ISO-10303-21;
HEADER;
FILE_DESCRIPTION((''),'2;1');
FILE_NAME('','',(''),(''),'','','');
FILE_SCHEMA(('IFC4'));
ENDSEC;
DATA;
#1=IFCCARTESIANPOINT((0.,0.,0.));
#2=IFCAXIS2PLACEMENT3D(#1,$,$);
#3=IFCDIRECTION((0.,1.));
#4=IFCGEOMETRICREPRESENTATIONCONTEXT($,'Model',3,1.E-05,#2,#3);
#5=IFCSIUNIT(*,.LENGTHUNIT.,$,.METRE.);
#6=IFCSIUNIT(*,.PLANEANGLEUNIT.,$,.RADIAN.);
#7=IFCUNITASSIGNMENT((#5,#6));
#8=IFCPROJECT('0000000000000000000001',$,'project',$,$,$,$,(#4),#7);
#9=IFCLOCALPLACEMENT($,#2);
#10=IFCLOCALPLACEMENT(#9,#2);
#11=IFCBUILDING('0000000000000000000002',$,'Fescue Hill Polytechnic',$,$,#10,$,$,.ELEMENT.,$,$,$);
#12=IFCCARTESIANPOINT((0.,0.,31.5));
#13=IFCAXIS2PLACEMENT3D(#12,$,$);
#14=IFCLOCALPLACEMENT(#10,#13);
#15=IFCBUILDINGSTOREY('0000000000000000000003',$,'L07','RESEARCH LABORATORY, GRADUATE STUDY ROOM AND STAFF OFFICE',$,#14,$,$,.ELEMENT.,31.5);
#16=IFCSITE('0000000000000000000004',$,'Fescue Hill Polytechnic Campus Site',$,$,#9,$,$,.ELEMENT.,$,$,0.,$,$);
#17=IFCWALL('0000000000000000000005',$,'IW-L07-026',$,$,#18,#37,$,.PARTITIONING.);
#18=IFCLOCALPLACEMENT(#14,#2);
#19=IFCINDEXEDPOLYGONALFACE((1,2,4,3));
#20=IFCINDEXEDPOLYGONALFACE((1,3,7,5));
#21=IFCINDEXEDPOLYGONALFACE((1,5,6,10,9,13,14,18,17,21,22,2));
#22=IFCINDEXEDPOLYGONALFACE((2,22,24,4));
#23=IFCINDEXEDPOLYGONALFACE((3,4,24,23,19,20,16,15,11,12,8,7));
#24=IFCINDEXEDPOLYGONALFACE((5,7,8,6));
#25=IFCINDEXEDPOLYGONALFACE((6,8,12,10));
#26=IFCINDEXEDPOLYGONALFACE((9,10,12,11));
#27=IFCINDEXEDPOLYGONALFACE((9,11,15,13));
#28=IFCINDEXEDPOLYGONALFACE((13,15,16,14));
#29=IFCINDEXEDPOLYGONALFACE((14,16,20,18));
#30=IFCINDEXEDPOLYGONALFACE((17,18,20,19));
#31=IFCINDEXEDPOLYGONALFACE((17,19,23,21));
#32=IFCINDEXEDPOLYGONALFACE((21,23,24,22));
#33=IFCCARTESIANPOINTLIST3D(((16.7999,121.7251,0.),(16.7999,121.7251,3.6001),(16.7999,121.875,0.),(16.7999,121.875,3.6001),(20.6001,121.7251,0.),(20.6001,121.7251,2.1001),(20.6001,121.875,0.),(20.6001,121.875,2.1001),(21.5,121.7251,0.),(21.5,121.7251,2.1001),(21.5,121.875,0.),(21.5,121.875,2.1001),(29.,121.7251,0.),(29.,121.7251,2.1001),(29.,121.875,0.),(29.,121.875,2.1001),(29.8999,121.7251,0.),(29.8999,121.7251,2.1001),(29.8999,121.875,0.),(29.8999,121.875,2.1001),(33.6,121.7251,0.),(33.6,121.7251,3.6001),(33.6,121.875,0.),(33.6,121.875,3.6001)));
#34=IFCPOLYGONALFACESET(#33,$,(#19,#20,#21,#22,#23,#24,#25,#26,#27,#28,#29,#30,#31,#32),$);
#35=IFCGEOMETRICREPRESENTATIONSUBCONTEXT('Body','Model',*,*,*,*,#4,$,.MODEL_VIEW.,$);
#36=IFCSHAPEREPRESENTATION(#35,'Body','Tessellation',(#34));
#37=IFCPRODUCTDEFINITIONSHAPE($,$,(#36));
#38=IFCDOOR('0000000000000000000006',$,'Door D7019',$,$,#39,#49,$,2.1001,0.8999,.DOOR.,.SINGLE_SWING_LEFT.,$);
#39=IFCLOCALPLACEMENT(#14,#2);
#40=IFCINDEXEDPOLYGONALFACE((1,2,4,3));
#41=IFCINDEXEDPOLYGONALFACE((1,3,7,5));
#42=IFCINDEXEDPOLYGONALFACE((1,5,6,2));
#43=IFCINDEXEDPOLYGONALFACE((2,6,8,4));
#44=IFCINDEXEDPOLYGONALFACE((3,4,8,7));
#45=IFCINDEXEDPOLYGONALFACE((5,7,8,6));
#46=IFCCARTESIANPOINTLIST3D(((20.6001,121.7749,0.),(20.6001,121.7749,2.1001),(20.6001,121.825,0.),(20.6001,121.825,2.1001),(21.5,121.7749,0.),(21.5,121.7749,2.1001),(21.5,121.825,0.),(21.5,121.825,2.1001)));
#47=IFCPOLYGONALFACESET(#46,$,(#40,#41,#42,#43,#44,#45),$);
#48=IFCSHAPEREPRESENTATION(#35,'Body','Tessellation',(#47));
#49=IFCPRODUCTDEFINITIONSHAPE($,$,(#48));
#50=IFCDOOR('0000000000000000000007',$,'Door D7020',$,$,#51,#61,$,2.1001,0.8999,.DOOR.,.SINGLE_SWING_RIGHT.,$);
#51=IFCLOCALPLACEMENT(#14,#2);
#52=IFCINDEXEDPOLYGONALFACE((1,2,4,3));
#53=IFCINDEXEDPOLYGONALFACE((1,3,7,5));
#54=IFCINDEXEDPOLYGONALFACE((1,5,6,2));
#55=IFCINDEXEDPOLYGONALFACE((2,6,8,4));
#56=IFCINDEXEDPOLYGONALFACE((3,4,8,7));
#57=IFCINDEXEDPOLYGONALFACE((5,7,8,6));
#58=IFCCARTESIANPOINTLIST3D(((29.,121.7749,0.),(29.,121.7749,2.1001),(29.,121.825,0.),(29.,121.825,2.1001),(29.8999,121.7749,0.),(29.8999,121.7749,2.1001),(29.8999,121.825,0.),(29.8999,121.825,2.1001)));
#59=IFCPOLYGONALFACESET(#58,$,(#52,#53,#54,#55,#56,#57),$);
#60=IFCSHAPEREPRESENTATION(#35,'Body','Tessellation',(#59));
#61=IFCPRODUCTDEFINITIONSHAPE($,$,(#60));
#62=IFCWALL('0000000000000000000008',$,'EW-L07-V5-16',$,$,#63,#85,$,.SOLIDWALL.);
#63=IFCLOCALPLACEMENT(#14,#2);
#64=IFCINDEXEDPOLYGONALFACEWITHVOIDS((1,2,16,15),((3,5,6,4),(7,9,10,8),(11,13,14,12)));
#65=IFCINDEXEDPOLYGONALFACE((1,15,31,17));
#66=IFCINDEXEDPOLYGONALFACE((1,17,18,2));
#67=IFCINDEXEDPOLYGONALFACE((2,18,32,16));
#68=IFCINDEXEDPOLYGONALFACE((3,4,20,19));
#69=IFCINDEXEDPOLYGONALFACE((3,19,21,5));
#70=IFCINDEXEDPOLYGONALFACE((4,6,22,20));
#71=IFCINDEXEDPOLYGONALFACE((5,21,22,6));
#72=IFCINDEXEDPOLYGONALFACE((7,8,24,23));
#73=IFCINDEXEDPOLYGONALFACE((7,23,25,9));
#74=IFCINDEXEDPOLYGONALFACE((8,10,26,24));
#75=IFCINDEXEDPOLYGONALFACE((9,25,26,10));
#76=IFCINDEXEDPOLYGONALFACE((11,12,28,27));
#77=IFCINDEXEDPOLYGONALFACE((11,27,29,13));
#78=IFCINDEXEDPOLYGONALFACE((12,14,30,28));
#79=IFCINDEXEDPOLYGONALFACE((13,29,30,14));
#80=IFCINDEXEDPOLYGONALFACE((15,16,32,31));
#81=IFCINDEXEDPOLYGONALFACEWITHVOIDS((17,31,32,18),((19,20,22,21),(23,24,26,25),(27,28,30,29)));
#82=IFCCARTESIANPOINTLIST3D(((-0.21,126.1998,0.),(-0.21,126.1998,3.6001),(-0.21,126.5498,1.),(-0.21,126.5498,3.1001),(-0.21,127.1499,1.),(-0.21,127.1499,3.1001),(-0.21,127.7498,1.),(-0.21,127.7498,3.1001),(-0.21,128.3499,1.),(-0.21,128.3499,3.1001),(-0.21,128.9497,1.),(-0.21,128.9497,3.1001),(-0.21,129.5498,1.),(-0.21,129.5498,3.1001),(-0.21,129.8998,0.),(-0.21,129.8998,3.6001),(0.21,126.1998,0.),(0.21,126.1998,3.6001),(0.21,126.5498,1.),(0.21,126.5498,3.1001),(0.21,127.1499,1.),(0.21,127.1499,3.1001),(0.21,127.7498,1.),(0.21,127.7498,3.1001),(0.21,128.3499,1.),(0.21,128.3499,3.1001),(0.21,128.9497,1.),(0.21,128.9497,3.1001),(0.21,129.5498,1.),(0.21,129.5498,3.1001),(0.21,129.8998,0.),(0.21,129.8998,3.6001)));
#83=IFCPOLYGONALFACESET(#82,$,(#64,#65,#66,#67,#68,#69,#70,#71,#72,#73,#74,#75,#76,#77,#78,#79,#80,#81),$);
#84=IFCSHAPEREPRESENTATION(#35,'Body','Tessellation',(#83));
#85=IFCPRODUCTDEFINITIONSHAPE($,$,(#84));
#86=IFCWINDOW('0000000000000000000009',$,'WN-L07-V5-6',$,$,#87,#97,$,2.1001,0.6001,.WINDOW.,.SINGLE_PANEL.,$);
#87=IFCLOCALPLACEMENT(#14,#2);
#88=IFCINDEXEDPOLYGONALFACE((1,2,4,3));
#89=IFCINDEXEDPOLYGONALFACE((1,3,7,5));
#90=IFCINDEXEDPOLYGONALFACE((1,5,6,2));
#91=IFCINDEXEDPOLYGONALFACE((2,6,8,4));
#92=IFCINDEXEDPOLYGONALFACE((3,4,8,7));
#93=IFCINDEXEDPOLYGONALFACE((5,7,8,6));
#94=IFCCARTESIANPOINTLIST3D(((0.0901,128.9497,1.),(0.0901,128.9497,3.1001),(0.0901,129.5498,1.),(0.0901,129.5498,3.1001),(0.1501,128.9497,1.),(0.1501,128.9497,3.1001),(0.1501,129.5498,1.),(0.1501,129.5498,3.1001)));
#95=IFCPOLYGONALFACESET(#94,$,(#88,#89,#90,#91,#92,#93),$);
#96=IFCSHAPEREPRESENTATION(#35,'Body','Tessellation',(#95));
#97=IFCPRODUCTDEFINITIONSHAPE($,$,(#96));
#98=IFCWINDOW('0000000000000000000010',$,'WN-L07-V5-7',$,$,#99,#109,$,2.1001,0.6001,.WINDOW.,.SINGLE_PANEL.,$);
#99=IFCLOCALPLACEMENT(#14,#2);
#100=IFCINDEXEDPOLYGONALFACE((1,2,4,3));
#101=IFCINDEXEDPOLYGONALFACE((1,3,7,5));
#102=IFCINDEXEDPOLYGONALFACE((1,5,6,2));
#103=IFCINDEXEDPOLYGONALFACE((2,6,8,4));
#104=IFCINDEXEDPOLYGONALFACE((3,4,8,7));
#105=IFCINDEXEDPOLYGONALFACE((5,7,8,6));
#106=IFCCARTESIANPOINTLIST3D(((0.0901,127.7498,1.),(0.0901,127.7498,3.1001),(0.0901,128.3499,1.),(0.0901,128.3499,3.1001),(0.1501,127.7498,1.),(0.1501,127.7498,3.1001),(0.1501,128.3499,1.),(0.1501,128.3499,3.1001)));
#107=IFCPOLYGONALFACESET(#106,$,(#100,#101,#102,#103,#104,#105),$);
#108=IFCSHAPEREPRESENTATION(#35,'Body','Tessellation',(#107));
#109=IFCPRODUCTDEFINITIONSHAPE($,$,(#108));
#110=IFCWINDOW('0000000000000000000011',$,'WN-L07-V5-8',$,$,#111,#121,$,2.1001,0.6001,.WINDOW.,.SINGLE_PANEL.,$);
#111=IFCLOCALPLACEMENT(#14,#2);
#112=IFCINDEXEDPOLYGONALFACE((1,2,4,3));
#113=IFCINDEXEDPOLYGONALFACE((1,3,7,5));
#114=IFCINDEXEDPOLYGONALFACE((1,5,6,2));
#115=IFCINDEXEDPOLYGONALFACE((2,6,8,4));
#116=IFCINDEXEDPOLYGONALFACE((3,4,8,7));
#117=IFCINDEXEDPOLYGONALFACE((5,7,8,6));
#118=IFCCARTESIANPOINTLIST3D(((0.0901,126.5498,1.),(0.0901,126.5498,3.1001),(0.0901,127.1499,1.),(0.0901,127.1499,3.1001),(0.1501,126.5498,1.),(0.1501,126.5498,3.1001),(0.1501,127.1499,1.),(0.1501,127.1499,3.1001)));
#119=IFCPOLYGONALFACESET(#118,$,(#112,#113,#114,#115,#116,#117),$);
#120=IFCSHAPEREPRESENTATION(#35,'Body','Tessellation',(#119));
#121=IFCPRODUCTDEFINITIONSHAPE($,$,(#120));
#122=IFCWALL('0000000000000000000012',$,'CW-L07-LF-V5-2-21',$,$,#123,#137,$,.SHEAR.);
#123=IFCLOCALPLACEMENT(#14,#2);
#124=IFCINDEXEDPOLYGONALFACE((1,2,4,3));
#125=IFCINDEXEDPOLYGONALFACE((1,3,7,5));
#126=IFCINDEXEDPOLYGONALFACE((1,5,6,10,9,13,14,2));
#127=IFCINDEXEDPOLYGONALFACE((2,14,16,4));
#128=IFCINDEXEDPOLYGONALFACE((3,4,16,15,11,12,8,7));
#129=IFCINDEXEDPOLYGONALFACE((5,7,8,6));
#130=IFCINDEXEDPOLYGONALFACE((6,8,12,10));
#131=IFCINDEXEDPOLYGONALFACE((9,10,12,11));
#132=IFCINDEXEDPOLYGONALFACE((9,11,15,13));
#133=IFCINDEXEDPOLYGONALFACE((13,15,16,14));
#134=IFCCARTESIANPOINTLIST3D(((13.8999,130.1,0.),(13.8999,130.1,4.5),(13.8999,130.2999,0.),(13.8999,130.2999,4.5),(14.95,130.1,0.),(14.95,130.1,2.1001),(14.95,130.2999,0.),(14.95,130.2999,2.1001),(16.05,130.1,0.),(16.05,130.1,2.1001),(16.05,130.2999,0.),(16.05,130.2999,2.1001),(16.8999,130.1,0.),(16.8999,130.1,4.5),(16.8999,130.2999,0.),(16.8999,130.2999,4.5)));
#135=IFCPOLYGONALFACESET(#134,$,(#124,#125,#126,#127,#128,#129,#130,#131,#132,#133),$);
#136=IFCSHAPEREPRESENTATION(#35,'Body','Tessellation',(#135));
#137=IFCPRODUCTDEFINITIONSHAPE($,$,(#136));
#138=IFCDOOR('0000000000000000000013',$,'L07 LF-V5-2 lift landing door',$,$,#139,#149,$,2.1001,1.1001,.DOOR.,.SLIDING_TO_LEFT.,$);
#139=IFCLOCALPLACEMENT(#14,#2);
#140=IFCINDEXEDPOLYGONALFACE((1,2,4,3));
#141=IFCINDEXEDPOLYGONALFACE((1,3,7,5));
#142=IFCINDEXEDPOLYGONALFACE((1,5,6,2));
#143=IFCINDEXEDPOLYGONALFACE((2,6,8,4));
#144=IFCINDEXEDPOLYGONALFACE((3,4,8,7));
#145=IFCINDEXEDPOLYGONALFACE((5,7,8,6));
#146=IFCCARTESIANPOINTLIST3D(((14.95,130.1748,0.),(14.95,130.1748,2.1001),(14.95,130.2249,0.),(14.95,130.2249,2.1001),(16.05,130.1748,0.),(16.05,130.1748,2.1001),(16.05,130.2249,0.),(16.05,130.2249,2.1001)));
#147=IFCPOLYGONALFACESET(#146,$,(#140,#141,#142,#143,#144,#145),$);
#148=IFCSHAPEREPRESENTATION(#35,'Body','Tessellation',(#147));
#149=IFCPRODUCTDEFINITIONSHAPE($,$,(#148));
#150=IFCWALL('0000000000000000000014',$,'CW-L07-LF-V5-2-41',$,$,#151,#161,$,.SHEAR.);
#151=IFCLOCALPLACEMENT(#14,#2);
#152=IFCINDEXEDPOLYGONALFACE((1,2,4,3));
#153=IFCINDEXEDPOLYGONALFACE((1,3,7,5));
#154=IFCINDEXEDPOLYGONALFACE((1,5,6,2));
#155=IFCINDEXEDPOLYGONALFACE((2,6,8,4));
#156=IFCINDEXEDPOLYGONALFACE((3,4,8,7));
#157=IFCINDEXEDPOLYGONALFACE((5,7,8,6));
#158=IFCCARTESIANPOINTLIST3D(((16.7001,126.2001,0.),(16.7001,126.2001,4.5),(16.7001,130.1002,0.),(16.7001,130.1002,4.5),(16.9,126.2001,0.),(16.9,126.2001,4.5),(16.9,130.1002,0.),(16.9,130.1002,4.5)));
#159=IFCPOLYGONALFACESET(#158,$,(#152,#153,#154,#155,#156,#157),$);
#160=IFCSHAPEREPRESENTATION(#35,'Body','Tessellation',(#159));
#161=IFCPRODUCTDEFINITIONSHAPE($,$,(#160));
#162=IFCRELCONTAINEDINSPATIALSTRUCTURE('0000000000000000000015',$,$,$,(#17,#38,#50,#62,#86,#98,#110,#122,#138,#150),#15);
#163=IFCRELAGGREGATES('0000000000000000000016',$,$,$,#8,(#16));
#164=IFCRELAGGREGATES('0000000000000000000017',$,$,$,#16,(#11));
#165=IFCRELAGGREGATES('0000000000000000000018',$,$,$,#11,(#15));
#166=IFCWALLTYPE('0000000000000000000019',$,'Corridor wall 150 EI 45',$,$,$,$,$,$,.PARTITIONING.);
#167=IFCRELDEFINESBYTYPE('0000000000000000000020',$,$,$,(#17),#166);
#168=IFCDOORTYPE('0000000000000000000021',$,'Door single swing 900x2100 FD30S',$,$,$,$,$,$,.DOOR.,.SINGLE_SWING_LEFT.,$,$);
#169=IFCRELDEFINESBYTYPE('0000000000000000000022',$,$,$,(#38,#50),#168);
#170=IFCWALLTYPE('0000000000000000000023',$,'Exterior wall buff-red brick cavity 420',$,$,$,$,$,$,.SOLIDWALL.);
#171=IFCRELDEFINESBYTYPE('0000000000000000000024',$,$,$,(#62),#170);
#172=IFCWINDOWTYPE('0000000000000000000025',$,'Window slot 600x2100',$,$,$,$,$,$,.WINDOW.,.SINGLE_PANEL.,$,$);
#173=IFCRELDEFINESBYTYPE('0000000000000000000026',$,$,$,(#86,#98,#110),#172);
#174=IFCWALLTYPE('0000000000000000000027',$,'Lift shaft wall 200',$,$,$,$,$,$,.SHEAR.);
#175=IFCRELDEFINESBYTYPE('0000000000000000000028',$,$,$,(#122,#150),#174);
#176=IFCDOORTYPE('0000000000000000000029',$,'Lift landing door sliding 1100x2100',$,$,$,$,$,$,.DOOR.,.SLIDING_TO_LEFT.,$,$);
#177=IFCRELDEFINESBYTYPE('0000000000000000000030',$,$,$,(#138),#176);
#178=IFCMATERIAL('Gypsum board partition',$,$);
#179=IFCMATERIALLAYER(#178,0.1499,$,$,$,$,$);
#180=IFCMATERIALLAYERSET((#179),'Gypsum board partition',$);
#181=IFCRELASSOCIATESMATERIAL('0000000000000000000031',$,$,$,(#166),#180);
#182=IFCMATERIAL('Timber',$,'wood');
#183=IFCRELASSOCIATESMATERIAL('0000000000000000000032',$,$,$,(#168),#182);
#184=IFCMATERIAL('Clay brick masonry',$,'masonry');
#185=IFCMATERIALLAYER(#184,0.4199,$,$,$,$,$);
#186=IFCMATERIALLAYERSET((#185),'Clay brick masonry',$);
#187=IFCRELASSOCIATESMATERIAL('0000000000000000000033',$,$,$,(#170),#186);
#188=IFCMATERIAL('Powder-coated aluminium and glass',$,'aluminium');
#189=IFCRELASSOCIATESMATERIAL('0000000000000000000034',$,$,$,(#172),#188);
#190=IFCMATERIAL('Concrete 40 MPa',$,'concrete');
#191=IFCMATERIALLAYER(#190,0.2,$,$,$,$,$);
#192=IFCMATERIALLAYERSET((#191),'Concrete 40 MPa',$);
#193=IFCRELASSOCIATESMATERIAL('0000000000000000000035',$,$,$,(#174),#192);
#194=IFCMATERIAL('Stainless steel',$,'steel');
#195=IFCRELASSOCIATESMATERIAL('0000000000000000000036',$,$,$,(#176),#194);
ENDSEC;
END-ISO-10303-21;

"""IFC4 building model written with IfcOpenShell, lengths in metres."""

from ifc_helpers import new_model, si_unit, direction, frame, frame_2d, origin, place, context, subcontext, project, spatial, rectangle, extrude, material, layer, layer_set, type_object, element, fill, save


model = new_model("IFC4")

# Units and contexts
model_context = context("Model", 3, precision=1e-05, world=origin(), true_north=direction((0.0, 1.0)))
body_context = subcontext(model_context, "Body", "Model", "MODEL_VIEW")
ifc_project = project(units=[si_unit("LENGTHUNIT", "METRE"), si_unit("PLANEANGLEUNIT", "RADIAN")], contexts=[model_context])

# Site, building, storey
site_placement = place(None, origin())
site = spatial("IfcSite", under=ifc_project, at=site_placement, Name="Fescue Hill Polytechnic Campus Site", CompositionType="ELEMENT", RefElevation=0.0)
building_placement = place(site_placement, origin())
building = spatial("IfcBuilding", under=site, at=building_placement, Name="Fescue Hill Polytechnic", CompositionType="ELEMENT")
storey_placement = place(building_placement, frame((0.0, 0.0, 31.5)))
storey = spatial("IfcBuildingStorey", under=building, at=storey_placement, Name="L07", Description="RESEARCH LABORATORY, GRADUATE STUDY ROOM AND STAFF OFFICE", CompositionType="ELEMENT", Elevation=31.5)

# Shared definitions
ifc_material_1 = material(Name="Concrete 40 MPa", Category="concrete")

# Shared definitions
ifc_material_2 = material(Name="Gypsum board partition")
ifc_layer_1 = layer(ifc_material_2, 0.1499)
ifc_layer_set_1 = layer_set([ifc_layer_1], Name="Gypsum board partition")
wall_type_1 = type_object("IfcWallType", Name="Corridor wall 150 EI 45", PredefinedType="PARTITIONING", material=ifc_layer_set_1)

# Wall, openings, doors
wall_1_placement = place(storey_placement, frame((16.8, 121.8, 0.0), z_axis=(0.0, 0.0, 1.0), x_axis=(1.0, 0.0, 0.0)))
wall_1 = element("IfcWall", 1, at=wall_1_placement, inside=storey, type_object=wall_type_1, Name="IW-L07-026", PredefinedType="PARTITIONING", context=body_context, shape_type="SweptSolid", body=[
    extrude(rectangle(XDim=16.8, YDim=0.1499, at=frame_2d((8.3999, 0.0))), origin(), (0.0, 0.0, 1.0), 3.6001),
])
opening_1_placement = place(wall_1_placement, frame((3.8, 0.0, 0.0)))
opening_1 = element("IfcOpeningElement", 2, at=opening_1_placement, cuts=wall_1, PredefinedType="OPENING", context=body_context, shape_type="SweptSolid", body=[
    extrude(rectangle(XDim=0.8999, YDim=2.1001, at=frame_2d((0.45, 1.05))), frame((0.0, 0.085, 0.0), z_axis=(0.0, -1.0, 0.0), x_axis=(1.0, 0.0, 0.0)), (0.0, 0.0, 1.0), 0.1699),
])
opening_2_placement = place(wall_1_placement, frame((12.2, 0.0, 0.0)))
opening_2 = element("IfcOpeningElement", 3, at=opening_2_placement, cuts=wall_1, PredefinedType="OPENING", context=body_context, shape_type="SweptSolid", body=[
    extrude(rectangle(XDim=0.8999, YDim=2.1001, at=frame_2d((0.45, 1.05))), frame((0.0, 0.085, 0.0), z_axis=(0.0, -1.0, 0.0), x_axis=(1.0, 0.0, 0.0)), (0.0, 0.0, 1.0), 0.1699),
])
ifc_material_3 = material(Name="Timber", Category="wood")
door_type_1 = type_object("IfcDoorType", Name="Door single swing 900x2100 FD30S", OperationType="SINGLE_SWING_LEFT", PredefinedType="DOOR", material=ifc_material_3)
door_1_placement = place(opening_1_placement, origin())
door_1 = element("IfcDoor", 4, at=door_1_placement, inside=storey, type_object=door_type_1, Name="Door D7019", OperationType="SINGLE_SWING_LEFT", OverallHeight=2.1001, OverallWidth=0.8999, PredefinedType="DOOR", context=body_context, shape_type="SweptSolid", body=[
    extrude(rectangle(XDim=0.8999, YDim=2.1001, at=frame_2d((0.45, 1.05))), frame((0.0, 0.0249, 0.0), z_axis=(0.0, -1.0, 0.0), x_axis=(1.0, 0.0, 0.0)), (0.0, 0.0, 1.0), 0.05),
])
fill(opening_1, door_1)
door_2_placement = place(opening_2_placement, origin())
door_2 = element("IfcDoor", 5, at=door_2_placement, inside=storey, type_object=door_type_1, Name="Door D7020", OperationType="SINGLE_SWING_RIGHT", OverallHeight=2.1001, OverallWidth=0.8999, PredefinedType="DOOR", context=body_context, shape_type="SweptSolid", body=[
    extrude(rectangle(XDim=0.8999, YDim=2.1001, at=frame_2d((0.45, 1.05))), frame((0.0, 0.0249, 0.0), z_axis=(0.0, -1.0, 0.0), x_axis=(1.0, 0.0, 0.0)), (0.0, 0.0, 1.0), 0.05),
])
fill(opening_2, door_2)

# Wall, openings, windows
ifc_material_4 = material(Name="Clay brick masonry", Category="masonry")
ifc_layer_2 = layer(ifc_material_4, 0.4199)
ifc_layer_set_2 = layer_set([ifc_layer_2], Name="Clay brick masonry")
wall_type_2 = type_object("IfcWallType", Name="Exterior wall buff-red brick cavity 420", PredefinedType="SOLIDWALL", material=ifc_layer_set_2)
wall_2_placement = place(storey_placement, frame((0.0, 129.8999, 0.0), z_axis=(0.0, 0.0, 1.0), x_axis=(0.0, -1.0, 0.0)))
wall_2 = element("IfcWall", 6, at=wall_2_placement, inside=storey, type_object=wall_type_2, Name="EW-L07-V5-16", PredefinedType="SOLIDWALL", context=body_context, shape_type="SweptSolid", body=[
    extrude(rectangle(XDim=3.7, YDim=0.4199, at=frame_2d((1.8501, 0.0))), origin(), (0.0, 0.0, 1.0), 3.6001),
])
opening_3_placement = place(wall_2_placement, frame((0.3501, 0.0, 1.0)))
opening_3 = element("IfcOpeningElement", 7, at=opening_3_placement, cuts=wall_2, PredefinedType="OPENING", context=body_context, shape_type="SweptSolid", body=[
    extrude(rectangle(XDim=0.6001, YDim=2.1001, at=frame_2d((0.3, 1.05))), frame((0.0, 0.22, 0.0), z_axis=(0.0, -1.0, 0.0), x_axis=(1.0, 0.0, 0.0)), (0.0, 0.0, 1.0), 0.4399),
])
opening_4_placement = place(wall_2_placement, frame((1.55, 0.0, 1.0)))
opening_4 = element("IfcOpeningElement", 8, at=opening_4_placement, cuts=wall_2, PredefinedType="OPENING", context=body_context, shape_type="SweptSolid", body=[
    extrude(rectangle(XDim=0.6001, YDim=2.1001, at=frame_2d((0.3, 1.05))), frame((0.0, 0.22, 0.0), z_axis=(0.0, -1.0, 0.0), x_axis=(1.0, 0.0, 0.0)), (0.0, 0.0, 1.0), 0.4399),
])
opening_5_placement = place(wall_2_placement, frame((2.75, 0.0, 1.0)))
opening_5 = element("IfcOpeningElement", 9, at=opening_5_placement, cuts=wall_2, PredefinedType="OPENING", context=body_context, shape_type="SweptSolid", body=[
    extrude(rectangle(XDim=0.6001, YDim=2.1001, at=frame_2d((0.3, 1.05))), frame((0.0, 0.22, 0.0), z_axis=(0.0, -1.0, 0.0), x_axis=(1.0, 0.0, 0.0)), (0.0, 0.0, 1.0), 0.4399),
])
ifc_material_5 = material(Name="Powder-coated aluminium and glass", Category="aluminium")
window_type = type_object("IfcWindowType", Name="Window slot 600x2100", PartitioningType="SINGLE_PANEL", PredefinedType="WINDOW", material=ifc_material_5)
window_1_placement = place(opening_3_placement, origin())
window_1 = element("IfcWindow", 10, at=window_1_placement, inside=storey, type_object=window_type, Name="WN-L07-V5-6", OverallHeight=2.1001, OverallWidth=0.6001, PartitioningType="SINGLE_PANEL", PredefinedType="WINDOW", context=body_context, shape_type="SweptSolid", body=[
    extrude(rectangle(XDim=0.6001, YDim=2.1001, at=frame_2d((0.3, 1.05))), frame((0.0, 0.1501, 0.0), z_axis=(0.0, -1.0, 0.0), x_axis=(1.0, 0.0, 0.0)), (0.0, 0.0, 1.0), 0.0601),
])
fill(opening_3, window_1)
window_2_placement = place(opening_4_placement, origin())
window_2 = element("IfcWindow", 11, at=window_2_placement, inside=storey, type_object=window_type, Name="WN-L07-V5-7", OverallHeight=2.1001, OverallWidth=0.6001, PartitioningType="SINGLE_PANEL", PredefinedType="WINDOW", context=body_context, shape_type="SweptSolid", body=[
    extrude(rectangle(XDim=0.6001, YDim=2.1001, at=frame_2d((0.3, 1.05))), frame((0.0, 0.1501, 0.0), z_axis=(0.0, -1.0, 0.0), x_axis=(1.0, 0.0, 0.0)), (0.0, 0.0, 1.0), 0.0601),
])
fill(opening_4, window_2)
window_3_placement = place(opening_5_placement, origin())
window_3 = element("IfcWindow", 12, at=window_3_placement, inside=storey, type_object=window_type, Name="WN-L07-V5-8", OverallHeight=2.1001, OverallWidth=0.6001, PartitioningType="SINGLE_PANEL", PredefinedType="WINDOW", context=body_context, shape_type="SweptSolid", body=[
    extrude(rectangle(XDim=0.6001, YDim=2.1001, at=frame_2d((0.3, 1.05))), frame((0.0, 0.1501, 0.0), z_axis=(0.0, -1.0, 0.0), x_axis=(1.0, 0.0, 0.0)), (0.0, 0.0, 1.0), 0.0601),
])
fill(opening_5, window_3)

# Wall, opening, door
ifc_layer_3 = layer(ifc_material_1, 0.2)
ifc_layer_set_3 = layer_set([ifc_layer_3], Name="Concrete 40 MPa")
wall_type_3 = type_object("IfcWallType", Name="Lift shaft wall 200", PredefinedType="SHEAR", material=ifc_layer_set_3)
wall_3_placement = place(storey_placement, frame((13.8999, 130.2, 0.0), z_axis=(0.0, 0.0, 1.0), x_axis=(1.0, 0.0, 0.0)))
wall_3 = element("IfcWall", 13, at=wall_3_placement, inside=storey, type_object=wall_type_3, Name="CW-L07-LF-V5-2-21", PredefinedType="SHEAR", context=body_context, shape_type="SweptSolid", body=[
    extrude(rectangle(XDim=3.0, YDim=0.2, at=frame_2d((1.5, 0.0))), origin(), (0.0, 0.0, 1.0), 4.5),
])
opening_6_placement = place(wall_3_placement, frame((1.05, 0.0, 0.0)))
opening_6 = element("IfcOpeningElement", 14, at=opening_6_placement, cuts=wall_3, PredefinedType="OPENING", context=body_context, shape_type="SweptSolid", body=[
    extrude(rectangle(XDim=1.1001, YDim=2.1001, at=frame_2d((0.55, 1.05))), frame((0.0, 0.1099, 0.0), z_axis=(0.0, -1.0, 0.0), x_axis=(1.0, 0.0, 0.0)), (0.0, 0.0, 1.0), 0.22),
])
ifc_material_6 = material(Name="Stainless steel", Category="steel")
door_type_2 = type_object("IfcDoorType", Name="Lift landing door sliding 1100x2100", OperationType="SLIDING_TO_LEFT", PredefinedType="DOOR", material=ifc_material_6)
door_3_placement = place(opening_6_placement, origin())
door_3 = element("IfcDoor", 15, at=door_3_placement, inside=storey, type_object=door_type_2, Name="L07 LF-V5-2 lift landing door", OperationType="SLIDING_TO_LEFT", OverallHeight=2.1001, OverallWidth=1.1001, PredefinedType="DOOR", context=body_context, shape_type="SweptSolid", body=[
    extrude(rectangle(XDim=1.1001, YDim=2.1001, at=frame_2d((0.55, 1.05))), frame((0.0, 0.0249, 0.0), z_axis=(0.0, -1.0, 0.0), x_axis=(1.0, 0.0, 0.0)), (0.0, 0.0, 1.0), 0.05),
])
fill(opening_6, door_3)

# Wall
wall_4_placement = place(storey_placement, frame((16.8, 126.2, 0.0), z_axis=(0.0, 0.0, 1.0), x_axis=(0.0, 1.0, 0.0)))
element("IfcWall", 16, at=wall_4_placement, inside=storey, type_object=wall_type_3, Name="CW-L07-LF-V5-2-41", PredefinedType="SHEAR", context=body_context, shape_type="SweptSolid", body=[
    extrude(rectangle(XDim=3.9001, YDim=0.2, at=frame_2d((1.9502, 0.0))), origin(), (0.0, 0.0, 1.0), 4.5),
])

save(model, "model.ifc")
